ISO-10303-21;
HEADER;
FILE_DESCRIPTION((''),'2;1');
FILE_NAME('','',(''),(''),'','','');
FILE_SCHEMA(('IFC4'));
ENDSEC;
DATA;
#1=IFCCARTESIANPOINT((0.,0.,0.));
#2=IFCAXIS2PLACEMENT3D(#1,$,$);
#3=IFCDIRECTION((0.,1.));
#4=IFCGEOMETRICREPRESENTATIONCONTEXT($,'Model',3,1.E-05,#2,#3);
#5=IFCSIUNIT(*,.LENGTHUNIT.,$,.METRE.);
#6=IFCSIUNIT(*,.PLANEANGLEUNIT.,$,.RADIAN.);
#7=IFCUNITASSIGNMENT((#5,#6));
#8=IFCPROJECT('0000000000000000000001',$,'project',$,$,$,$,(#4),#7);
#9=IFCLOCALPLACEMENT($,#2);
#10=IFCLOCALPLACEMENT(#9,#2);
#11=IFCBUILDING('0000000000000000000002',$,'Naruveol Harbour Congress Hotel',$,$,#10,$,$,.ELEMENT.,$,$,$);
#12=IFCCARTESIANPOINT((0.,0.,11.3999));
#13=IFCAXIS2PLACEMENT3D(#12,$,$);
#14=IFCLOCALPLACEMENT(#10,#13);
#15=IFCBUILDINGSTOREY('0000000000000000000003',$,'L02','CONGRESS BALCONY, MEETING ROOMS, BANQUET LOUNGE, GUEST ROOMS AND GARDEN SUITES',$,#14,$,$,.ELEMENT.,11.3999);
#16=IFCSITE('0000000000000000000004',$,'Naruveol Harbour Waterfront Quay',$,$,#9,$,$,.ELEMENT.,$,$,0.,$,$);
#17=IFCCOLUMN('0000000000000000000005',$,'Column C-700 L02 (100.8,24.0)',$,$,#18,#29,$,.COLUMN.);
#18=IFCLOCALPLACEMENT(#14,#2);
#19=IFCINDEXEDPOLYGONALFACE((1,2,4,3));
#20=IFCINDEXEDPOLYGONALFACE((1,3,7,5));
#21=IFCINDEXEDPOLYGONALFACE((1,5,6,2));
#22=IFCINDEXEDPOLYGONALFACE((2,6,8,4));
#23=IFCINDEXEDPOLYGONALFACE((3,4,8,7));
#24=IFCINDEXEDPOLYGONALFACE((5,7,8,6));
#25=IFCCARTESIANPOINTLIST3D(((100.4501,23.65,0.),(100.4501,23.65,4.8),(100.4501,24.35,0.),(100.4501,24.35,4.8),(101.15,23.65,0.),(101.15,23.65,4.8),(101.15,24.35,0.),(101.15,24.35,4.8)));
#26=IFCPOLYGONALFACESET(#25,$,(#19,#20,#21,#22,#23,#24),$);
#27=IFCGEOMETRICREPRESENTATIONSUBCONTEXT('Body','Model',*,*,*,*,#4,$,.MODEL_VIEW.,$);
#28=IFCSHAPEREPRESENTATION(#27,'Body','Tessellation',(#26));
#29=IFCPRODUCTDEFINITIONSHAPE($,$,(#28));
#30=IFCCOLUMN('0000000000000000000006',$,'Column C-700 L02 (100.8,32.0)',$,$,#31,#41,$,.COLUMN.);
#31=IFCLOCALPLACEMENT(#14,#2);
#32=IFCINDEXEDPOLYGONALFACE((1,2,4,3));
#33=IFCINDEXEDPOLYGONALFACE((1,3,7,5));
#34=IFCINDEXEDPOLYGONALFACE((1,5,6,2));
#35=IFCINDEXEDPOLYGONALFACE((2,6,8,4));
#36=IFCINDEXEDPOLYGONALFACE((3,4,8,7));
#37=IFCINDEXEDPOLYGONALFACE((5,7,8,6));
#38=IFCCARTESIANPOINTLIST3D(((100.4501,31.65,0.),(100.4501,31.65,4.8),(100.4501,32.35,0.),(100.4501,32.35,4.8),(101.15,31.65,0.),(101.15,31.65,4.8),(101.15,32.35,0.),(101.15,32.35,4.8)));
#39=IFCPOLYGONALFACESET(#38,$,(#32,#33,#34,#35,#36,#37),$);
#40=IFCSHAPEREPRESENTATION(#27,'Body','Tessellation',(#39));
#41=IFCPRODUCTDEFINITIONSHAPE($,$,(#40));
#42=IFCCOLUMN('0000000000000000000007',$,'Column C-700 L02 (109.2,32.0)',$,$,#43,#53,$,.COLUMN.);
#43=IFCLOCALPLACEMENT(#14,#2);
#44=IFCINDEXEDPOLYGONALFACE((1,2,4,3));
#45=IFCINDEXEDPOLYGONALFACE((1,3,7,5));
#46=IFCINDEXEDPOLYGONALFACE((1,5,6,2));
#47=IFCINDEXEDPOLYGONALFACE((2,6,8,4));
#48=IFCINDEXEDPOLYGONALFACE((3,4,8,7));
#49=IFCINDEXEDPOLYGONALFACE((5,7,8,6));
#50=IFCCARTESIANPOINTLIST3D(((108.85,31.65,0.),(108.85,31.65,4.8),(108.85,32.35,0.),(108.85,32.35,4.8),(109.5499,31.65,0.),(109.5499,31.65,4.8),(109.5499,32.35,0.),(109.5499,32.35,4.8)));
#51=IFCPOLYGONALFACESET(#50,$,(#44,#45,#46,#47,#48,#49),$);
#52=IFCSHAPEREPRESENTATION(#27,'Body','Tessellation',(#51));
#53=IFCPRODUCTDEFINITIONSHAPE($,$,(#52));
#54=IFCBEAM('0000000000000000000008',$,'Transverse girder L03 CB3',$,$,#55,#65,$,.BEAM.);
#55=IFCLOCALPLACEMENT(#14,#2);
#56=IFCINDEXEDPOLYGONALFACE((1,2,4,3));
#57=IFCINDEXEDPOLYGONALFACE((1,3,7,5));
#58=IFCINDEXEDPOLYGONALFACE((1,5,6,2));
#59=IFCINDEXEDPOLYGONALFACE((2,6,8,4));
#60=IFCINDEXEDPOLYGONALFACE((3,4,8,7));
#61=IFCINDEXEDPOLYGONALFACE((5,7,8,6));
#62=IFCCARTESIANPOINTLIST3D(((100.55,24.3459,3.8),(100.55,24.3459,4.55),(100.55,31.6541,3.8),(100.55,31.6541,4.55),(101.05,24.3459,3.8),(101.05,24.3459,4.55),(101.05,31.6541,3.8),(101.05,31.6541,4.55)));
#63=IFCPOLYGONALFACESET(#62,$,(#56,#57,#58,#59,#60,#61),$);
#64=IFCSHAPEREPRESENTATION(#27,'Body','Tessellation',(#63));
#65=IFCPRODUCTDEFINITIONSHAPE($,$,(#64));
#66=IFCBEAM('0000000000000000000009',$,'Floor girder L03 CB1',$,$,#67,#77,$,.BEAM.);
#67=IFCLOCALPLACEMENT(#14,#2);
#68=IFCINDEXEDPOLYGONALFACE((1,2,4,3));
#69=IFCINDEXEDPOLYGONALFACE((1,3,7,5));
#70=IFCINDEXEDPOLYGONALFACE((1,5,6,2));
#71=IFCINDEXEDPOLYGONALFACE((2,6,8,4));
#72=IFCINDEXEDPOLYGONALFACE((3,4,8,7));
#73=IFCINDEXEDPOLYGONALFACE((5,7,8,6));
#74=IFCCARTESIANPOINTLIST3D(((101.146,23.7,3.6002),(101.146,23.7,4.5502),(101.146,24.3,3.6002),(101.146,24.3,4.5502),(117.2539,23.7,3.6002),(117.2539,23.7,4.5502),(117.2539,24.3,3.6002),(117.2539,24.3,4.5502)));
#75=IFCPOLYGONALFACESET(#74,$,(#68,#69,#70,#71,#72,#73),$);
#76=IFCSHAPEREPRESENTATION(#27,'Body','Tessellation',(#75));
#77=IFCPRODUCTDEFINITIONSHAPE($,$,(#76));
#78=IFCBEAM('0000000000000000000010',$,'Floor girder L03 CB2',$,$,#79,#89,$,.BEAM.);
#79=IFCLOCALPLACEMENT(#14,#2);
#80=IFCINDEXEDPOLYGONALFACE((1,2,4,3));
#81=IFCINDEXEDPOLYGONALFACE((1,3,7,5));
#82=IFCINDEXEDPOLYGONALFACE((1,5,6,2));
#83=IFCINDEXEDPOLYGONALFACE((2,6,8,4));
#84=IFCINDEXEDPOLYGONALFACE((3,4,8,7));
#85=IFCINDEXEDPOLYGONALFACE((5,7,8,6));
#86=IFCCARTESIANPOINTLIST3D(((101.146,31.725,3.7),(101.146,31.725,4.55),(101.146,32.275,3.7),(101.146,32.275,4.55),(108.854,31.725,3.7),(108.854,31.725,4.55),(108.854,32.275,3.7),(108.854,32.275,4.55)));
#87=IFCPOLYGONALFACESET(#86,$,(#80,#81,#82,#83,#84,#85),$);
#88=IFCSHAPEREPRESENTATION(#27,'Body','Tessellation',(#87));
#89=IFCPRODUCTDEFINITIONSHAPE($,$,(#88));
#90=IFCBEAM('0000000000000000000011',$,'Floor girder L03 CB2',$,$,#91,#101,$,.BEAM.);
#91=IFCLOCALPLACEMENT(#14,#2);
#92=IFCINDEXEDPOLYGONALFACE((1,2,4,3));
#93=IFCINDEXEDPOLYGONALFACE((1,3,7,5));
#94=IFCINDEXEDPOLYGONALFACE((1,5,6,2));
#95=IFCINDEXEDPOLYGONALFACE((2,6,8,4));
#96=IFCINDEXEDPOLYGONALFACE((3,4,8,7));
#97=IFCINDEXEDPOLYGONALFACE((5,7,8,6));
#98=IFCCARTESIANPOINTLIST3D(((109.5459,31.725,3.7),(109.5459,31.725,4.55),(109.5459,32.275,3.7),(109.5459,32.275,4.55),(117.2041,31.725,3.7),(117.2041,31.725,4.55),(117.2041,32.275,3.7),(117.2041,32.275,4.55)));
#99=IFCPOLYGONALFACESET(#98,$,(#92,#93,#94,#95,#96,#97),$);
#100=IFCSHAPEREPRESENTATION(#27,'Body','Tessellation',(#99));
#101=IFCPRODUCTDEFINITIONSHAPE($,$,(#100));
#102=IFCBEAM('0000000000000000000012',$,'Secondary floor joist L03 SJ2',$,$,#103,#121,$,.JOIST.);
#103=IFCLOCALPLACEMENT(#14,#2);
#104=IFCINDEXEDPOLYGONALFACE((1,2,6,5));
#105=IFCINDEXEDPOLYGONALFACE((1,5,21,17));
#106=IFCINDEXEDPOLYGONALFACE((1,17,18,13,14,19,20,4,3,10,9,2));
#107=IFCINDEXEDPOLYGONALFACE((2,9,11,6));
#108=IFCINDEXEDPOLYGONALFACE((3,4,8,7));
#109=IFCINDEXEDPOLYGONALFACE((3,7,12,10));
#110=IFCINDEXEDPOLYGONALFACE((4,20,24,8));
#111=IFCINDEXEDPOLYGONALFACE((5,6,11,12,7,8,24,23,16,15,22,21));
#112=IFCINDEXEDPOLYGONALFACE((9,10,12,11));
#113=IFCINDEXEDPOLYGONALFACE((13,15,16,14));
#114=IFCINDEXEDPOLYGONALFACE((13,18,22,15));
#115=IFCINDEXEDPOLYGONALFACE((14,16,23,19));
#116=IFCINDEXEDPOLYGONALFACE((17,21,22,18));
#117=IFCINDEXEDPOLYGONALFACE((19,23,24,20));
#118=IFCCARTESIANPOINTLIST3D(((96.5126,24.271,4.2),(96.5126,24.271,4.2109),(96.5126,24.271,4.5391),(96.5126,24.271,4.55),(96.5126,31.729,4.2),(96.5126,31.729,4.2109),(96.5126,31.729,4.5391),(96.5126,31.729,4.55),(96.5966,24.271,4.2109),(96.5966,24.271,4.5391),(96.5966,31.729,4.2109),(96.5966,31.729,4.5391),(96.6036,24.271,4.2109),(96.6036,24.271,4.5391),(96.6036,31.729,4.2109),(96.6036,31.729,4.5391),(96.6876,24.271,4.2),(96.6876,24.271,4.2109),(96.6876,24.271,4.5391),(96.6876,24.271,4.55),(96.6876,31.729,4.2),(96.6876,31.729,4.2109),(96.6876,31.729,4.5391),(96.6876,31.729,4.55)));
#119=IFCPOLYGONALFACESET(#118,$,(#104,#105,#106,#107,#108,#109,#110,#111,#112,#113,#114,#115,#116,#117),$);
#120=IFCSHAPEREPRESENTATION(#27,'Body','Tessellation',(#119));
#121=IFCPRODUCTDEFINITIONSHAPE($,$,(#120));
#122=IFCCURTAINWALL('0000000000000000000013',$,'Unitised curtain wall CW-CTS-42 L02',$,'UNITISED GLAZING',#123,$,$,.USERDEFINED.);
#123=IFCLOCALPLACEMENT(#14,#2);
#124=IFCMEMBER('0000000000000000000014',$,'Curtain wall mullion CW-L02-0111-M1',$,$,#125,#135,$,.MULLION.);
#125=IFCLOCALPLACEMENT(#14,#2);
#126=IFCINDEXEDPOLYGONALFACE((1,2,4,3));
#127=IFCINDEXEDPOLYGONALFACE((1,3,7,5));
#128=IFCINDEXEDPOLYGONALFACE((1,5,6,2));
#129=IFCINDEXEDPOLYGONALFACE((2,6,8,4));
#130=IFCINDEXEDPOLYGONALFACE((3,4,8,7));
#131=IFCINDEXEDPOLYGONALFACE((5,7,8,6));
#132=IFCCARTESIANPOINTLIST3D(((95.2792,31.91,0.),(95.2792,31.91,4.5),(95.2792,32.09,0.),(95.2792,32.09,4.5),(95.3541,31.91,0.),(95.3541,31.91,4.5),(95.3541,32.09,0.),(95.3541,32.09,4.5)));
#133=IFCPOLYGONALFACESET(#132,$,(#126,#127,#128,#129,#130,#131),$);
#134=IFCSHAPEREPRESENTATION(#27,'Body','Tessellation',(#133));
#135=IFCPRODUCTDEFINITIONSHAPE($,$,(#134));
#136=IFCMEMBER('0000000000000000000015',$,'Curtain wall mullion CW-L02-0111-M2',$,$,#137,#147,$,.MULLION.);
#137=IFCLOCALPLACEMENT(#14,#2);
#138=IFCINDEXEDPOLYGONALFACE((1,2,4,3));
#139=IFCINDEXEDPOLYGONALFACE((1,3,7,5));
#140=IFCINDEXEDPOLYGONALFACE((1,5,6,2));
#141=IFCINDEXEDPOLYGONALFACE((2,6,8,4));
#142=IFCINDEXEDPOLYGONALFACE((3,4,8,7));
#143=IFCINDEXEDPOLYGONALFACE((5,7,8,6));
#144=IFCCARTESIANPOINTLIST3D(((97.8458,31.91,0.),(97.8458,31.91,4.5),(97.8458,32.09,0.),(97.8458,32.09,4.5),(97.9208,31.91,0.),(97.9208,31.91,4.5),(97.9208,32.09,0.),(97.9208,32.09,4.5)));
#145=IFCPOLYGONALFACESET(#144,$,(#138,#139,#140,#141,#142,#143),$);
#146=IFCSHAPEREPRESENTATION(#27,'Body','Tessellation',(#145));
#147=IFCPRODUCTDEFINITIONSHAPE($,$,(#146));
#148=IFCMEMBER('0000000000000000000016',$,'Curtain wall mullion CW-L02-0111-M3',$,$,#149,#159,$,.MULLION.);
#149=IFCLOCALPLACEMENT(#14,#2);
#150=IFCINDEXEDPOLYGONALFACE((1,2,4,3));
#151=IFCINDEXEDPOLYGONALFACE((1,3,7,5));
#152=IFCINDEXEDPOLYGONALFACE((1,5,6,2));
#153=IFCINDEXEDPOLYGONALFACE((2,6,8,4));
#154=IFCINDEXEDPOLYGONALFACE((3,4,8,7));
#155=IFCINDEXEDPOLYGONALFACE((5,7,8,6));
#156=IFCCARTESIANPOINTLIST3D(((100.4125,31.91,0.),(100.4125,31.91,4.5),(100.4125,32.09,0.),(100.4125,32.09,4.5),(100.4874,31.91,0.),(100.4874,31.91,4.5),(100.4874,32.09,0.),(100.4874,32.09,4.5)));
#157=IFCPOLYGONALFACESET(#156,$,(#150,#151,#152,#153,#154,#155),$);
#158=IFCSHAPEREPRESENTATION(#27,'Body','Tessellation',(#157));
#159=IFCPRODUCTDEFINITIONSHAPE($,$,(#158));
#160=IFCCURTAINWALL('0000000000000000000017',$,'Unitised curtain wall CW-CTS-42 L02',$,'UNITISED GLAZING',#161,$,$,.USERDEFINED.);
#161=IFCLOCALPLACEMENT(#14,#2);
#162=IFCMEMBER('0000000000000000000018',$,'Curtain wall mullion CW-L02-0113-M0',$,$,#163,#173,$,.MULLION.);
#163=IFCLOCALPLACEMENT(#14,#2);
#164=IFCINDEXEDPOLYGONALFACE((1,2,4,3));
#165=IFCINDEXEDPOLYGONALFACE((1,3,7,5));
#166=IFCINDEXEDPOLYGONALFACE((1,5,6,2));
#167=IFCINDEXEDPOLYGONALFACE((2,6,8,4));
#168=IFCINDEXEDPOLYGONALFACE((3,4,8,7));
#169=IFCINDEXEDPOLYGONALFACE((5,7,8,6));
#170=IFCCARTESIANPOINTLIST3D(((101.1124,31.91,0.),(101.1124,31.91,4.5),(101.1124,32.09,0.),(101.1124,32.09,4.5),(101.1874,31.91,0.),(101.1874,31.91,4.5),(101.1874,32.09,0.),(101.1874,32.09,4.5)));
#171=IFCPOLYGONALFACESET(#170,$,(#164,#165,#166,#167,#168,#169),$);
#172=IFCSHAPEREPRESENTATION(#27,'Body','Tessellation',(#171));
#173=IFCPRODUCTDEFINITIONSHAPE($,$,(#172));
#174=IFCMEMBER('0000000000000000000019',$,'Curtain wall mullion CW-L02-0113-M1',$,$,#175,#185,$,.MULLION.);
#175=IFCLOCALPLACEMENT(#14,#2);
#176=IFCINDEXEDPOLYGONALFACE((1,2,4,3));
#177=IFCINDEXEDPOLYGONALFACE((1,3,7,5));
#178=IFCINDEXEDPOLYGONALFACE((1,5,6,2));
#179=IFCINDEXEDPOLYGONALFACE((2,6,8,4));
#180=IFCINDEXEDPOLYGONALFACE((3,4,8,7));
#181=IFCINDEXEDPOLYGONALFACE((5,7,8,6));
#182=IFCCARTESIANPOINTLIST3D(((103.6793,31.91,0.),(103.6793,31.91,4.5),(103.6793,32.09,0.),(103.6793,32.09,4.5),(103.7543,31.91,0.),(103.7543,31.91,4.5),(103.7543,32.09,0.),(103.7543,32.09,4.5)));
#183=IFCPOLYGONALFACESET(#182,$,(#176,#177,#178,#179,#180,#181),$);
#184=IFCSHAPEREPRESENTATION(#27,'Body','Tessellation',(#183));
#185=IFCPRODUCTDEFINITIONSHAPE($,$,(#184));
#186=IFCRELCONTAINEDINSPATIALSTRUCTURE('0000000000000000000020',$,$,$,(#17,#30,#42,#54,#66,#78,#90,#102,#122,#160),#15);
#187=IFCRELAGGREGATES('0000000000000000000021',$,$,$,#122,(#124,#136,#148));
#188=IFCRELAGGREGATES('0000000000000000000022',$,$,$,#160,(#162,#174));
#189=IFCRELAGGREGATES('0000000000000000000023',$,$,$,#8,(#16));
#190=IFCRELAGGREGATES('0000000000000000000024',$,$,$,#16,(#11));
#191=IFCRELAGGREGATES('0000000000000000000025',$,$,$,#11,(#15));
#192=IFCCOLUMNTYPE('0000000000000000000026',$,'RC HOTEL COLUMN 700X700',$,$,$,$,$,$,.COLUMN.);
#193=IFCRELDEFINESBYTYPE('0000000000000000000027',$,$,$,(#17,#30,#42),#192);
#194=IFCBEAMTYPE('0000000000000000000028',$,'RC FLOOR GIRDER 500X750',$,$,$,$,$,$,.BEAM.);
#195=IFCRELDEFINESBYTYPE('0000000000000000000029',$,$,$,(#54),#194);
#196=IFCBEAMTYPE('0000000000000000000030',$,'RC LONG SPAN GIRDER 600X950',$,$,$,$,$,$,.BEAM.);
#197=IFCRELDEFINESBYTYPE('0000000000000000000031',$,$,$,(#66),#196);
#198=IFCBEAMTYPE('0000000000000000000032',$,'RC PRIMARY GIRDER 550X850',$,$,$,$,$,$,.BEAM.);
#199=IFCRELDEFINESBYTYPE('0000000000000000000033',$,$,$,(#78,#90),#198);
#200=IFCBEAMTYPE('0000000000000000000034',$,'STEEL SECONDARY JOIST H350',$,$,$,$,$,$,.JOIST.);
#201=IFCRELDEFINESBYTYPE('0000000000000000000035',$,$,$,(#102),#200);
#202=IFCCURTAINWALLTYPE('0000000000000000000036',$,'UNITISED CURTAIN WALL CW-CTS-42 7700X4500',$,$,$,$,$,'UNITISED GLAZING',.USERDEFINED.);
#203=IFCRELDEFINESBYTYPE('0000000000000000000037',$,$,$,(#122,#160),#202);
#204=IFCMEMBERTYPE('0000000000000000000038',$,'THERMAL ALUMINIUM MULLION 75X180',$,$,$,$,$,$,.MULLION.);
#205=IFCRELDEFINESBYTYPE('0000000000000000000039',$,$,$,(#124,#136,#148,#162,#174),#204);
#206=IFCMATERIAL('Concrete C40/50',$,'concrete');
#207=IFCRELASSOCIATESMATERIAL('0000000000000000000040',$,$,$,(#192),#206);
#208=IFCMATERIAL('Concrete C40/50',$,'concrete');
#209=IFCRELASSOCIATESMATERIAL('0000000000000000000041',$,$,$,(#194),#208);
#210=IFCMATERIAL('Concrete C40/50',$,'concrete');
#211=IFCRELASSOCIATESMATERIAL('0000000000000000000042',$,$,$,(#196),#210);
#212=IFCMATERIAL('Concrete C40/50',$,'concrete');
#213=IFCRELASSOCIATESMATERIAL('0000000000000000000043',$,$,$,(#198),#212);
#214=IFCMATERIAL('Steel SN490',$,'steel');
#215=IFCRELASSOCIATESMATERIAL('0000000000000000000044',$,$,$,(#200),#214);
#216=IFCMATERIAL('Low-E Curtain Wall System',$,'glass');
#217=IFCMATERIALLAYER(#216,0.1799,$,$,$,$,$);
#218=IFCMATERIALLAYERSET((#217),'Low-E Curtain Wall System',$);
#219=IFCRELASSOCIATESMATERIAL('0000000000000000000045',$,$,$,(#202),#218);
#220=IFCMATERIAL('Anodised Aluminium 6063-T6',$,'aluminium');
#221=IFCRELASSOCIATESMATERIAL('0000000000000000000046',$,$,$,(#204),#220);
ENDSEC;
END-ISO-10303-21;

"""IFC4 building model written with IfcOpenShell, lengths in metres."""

from ifc_helpers import new_model, si_unit, direction, frame, origin, origin_2d, place, context, subcontext, project, spatial, rectangle, i_section, extrude, material, layer, layer_set, material_profile, profile_set, type_object, element, aggregate, save


model = new_model("IFC4")

# Units and contexts
model_context = context("Model", 3, precision=1e-05, world=origin(), true_north=direction((0.0, 1.0)))
body_context = subcontext(model_context, "Body", "Model", "MODEL_VIEW")
ifc_project = project(units=[si_unit("LENGTHUNIT", "METRE"), si_unit("PLANEANGLEUNIT", "RADIAN")], contexts=[model_context])

# Site, building, storey
site_placement = place(None, origin())
site = spatial("IfcSite", under=ifc_project, at=site_placement, Name="Naruveol Harbour Waterfront Quay", CompositionType="ELEMENT", RefElevation=0.0)
building_placement = place(site_placement, origin())
building = spatial("IfcBuilding", under=site, at=building_placement, Name="Naruveol Harbour Congress Hotel", CompositionType="ELEMENT")
storey_placement = place(building_placement, frame((0.0, 0.0, 11.3999)))
storey = spatial("IfcBuildingStorey", under=building, at=storey_placement, Name="L02", Description="CONGRESS BALCONY, MEETING ROOMS, BANQUET LOUNGE, GUEST ROOMS AND GARDEN SUITES", CompositionType="ELEMENT", Elevation=11.3999)

# Columns
ifc_material_1 = material(Name="Concrete C40/50", Category="concrete")
ifc_material_profile_1 = material_profile(ifc_material_1, rectangle(XDim=0.7, YDim=0.7, at=origin_2d()), Name="RC-700x700")
ifc_profile_set_1 = profile_set([ifc_material_profile_1], Name="Concrete C40/50")
column_type = type_object("IfcColumnType", Name="RC HOTEL COLUMN 700X700", PredefinedType="COLUMN", material=ifc_profile_set_1)
for number, where, z_axis, x_axis, name in (
    (1, (100.8, 24.0, 0.0), (0.0, 0.0, 1.0), (1.0, 0.0, 0.0), "Column C-700 L02 (100.8,24.0)"),
    (2, (100.8, 32.0, 0.0), (0.0, 0.0, 1.0), (1.0, 0.0, 0.0), "Column C-700 L02 (100.8,32.0)"),
    (3, (109.2, 32.0, 0.0), (0.0, 0.0, 1.0), (1.0, 0.0, 0.0), "Column C-700 L02 (109.2,32.0)"),
):
    element("IfcColumn", number, at=place(storey_placement, frame(where, z_axis=z_axis, x_axis=x_axis)), inside=storey, type_object=column_type, Name=name, PredefinedType="COLUMN", context=body_context, shape_type="SweptSolid", body=[
        extrude(rectangle(XDim=0.7, YDim=0.7, at=origin_2d()), origin(), (0.0, 0.0, 1.0), 4.8),
    ])

# Beams
ifc_material_2 = material(Name="Concrete C40/50", Category="concrete")
ifc_material_profile_2 = material_profile(ifc_material_2, rectangle(XDim=0.5, YDim=0.75, at=origin_2d()), Name="RCB-500x750")
ifc_profile_set_2 = profile_set([ifc_material_profile_2], Name="Concrete C40/50")
beam_type_1 = type_object("IfcBeamType", Name="RC FLOOR GIRDER 500X750", PredefinedType="BEAM", material=ifc_profile_set_2)
beam_1_placement = place(storey_placement, frame((100.8, 24.3459, 4.175), z_axis=(0.0, 1.0, 0.0), x_axis=(-1.0, 0.0, 0.0)))
element("IfcBeam", 4, at=beam_1_placement, inside=storey, type_object=beam_type_1, Name="Transverse girder L03 CB3", PredefinedType="BEAM", context=body_context, shape_type="SweptSolid", body=[
    extrude(rectangle(XDim=0.5, YDim=0.75, at=origin_2d()), origin(), (0.0, 0.0, 1.0), 7.3081),
])
ifc_material_3 = material(Name="Concrete C40/50", Category="concrete")
ifc_material_profile_3 = material_profile(ifc_material_3, rectangle(XDim=0.6001, YDim=0.95, at=origin_2d()), Name="RCB-600x950")
ifc_profile_set_3 = profile_set([ifc_material_profile_3], Name="Concrete C40/50")
beam_type_2 = type_object("IfcBeamType", Name="RC LONG SPAN GIRDER 600X950", PredefinedType="BEAM", material=ifc_profile_set_3)
beam_2_placement = place(storey_placement, frame((101.146, 24.0, 4.0752), z_axis=(1.0, 0.0, 0.0), x_axis=(0.0, 1.0, 0.0)))
element("IfcBeam", 5, at=beam_2_placement, inside=storey, type_object=beam_type_2, Name="Floor girder L03 CB1", PredefinedType="BEAM", context=body_context, shape_type="SweptSolid", body=[
    extrude(rectangle(XDim=0.6001, YDim=0.95, at=origin_2d()), origin(), (0.0, 0.0, 1.0), 16.1079),
])
ifc_material_4 = material(Name="Concrete C40/50", Category="concrete")
ifc_material_profile_4 = material_profile(ifc_material_4, rectangle(XDim=0.55, YDim=0.8501, at=origin_2d()), Name="RCB-550x850")
ifc_profile_set_4 = profile_set([ifc_material_profile_4], Name="Concrete C40/50")
beam_type_3 = type_object("IfcBeamType", Name="RC PRIMARY GIRDER 550X850", PredefinedType="BEAM", material=ifc_profile_set_4)
beam_3_placement = place(storey_placement, frame((101.146, 32.0, 4.125), z_axis=(1.0, 0.0, 0.0), x_axis=(0.0, 1.0, 0.0)))
element("IfcBeam", 6, at=beam_3_placement, inside=storey, type_object=beam_type_3, Name="Floor girder L03 CB2", PredefinedType="BEAM", context=body_context, shape_type="SweptSolid", body=[
    extrude(rectangle(XDim=0.55, YDim=0.8501, at=origin_2d()), origin(), (0.0, 0.0, 1.0), 7.708),
])
beam_4_placement = place(storey_placement, frame((109.5459, 32.0, 4.125), z_axis=(1.0, 0.0, 0.0), x_axis=(0.0, 1.0, 0.0)))
element("IfcBeam", 7, at=beam_4_placement, inside=storey, type_object=beam_type_3, Name="Floor girder L03 CB2", PredefinedType="BEAM", context=body_context, shape_type="SweptSolid", body=[
    extrude(rectangle(XDim=0.55, YDim=0.8501, at=origin_2d()), origin(), (0.0, 0.0, 1.0), 7.6582),
])
ifc_material_5 = material(Name="Steel SN490", Category="steel")
ifc_material_profile_5 = material_profile(ifc_material_5, i_section(OverallWidth=0.175, OverallDepth=0.3501, WebThickness=0.0071, FlangeThickness=0.011, at=origin_2d()), Name="H-350x175x7x11")
ifc_profile_set_5 = profile_set([ifc_material_profile_5], Name="Steel SN490")
beam_type_4 = type_object("IfcBeamType", Name="STEEL SECONDARY JOIST H350", PredefinedType="JOIST", material=ifc_profile_set_5)
beam_5_placement = place(storey_placement, frame((96.6001, 24.271, 4.375), z_axis=(0.0, 1.0, 0.0), x_axis=(-1.0, 0.0, 0.0)))
element("IfcBeam", 8, at=beam_5_placement, inside=storey, type_object=beam_type_4, Name="Secondary floor joist L03 SJ2", PredefinedType="JOIST", context=body_context, shape_type="SweptSolid", body=[
    extrude(i_section(OverallWidth=0.175, OverallDepth=0.3501, WebThickness=0.0071, FlangeThickness=0.011, at=origin_2d()), origin(), (0.0, 0.0, 1.0), 7.458),
])

# Curtain walls, members
ifc_material_6 = material(Name="Low-E Curtain Wall System", Category="glass")
ifc_layer_1 = layer(ifc_material_6, 0.1799)
ifc_layer_set_1 = layer_set([ifc_layer_1], Name="Low-E Curtain Wall System")
curtain_wall_type = type_object("IfcCurtainWallType", Name="UNITISED CURTAIN WALL CW-CTS-42 7700X4500", ElementType="UNITISED GLAZING", PredefinedType="USERDEFINED", material=ifc_layer_set_1)
curtain_wall_1_placement = place(storey_placement, origin())
curtain_wall_1 = element("IfcCurtainWall", 9, at=curtain_wall_1_placement, inside=storey, type_object=curtain_wall_type, Name="Unitised curtain wall CW-CTS-42 L02", ObjectType="UNITISED GLAZING", PredefinedType="USERDEFINED")
ifc_material_7 = material(Name="Anodised Aluminium 6063-T6", Category="aluminium")
ifc_material_profile_6 = material_profile(ifc_material_7, rectangle(XDim=0.075, YDim=0.1799, at=origin_2d()), Name="ALU-75x180")
ifc_profile_set_6 = profile_set([ifc_material_profile_6], Name="Anodised Aluminium 6063-T6")
member_type_1 = type_object("IfcMemberType", Name="THERMAL ALUMINIUM MULLION 75X180", PredefinedType="MULLION", material=ifc_profile_set_6)
member_1_placement = place(storey_placement, frame((95.3167, 32.0, 0.0), z_axis=(0.0, 0.0, 1.0), x_axis=(1.0, 0.0, 0.0)))
member_1 = element("IfcMember", 10, at=member_1_placement, type_object=member_type_1, Name="Curtain wall mullion CW-L02-0111-M1", PredefinedType="MULLION", context=body_context, shape_type="SweptSolid", body=[
    extrude(rectangle(XDim=0.075, YDim=0.1799, at=origin_2d()), origin(), (0.0, 0.0, 1.0), 4.5),
])
member_2_placement = place(storey_placement, frame((97.8833, 32.0, 0.0), z_axis=(0.0, 0.0, 1.0), x_axis=(1.0, 0.0, 0.0)))
member_2 = element("IfcMember", 11, at=member_2_placement, type_object=member_type_1, Name="Curtain wall mullion CW-L02-0111-M2", PredefinedType="MULLION", context=body_context, shape_type="SweptSolid", body=[
    extrude(rectangle(XDim=0.075, YDim=0.1799, at=origin_2d()), origin(), (0.0, 0.0, 1.0), 4.5),
])
member_3_placement = place(storey_placement, frame((100.45, 32.0, 0.0), z_axis=(0.0, 0.0, 1.0), x_axis=(1.0, 0.0, 0.0)))
member_3 = element("IfcMember", 12, at=member_3_placement, type_object=member_type_1, Name="Curtain wall mullion CW-L02-0111-M3", PredefinedType="MULLION", context=body_context, shape_type="SweptSolid", body=[
    extrude(rectangle(XDim=0.075, YDim=0.1799, at=origin_2d()), origin(), (0.0, 0.0, 1.0), 4.5),
])
curtain_wall_2_placement = place(storey_placement, origin())
curtain_wall_2 = element("IfcCurtainWall", 13, at=curtain_wall_2_placement, inside=storey, type_object=curtain_wall_type, Name="Unitised curtain wall CW-CTS-42 L02", ObjectType="UNITISED GLAZING", PredefinedType="USERDEFINED")
member_4_placement = place(storey_placement, frame((101.1499, 32.0, 0.0), z_axis=(0.0, 0.0, 1.0), x_axis=(1.0, 0.0, 0.0)))
member_4 = element("IfcMember", 14, at=member_4_placement, type_object=member_type_1, Name="Curtain wall mullion CW-L02-0113-M0", PredefinedType="MULLION", context=body_context, shape_type="SweptSolid", body=[
    extrude(rectangle(XDim=0.075, YDim=0.1799, at=origin_2d()), origin(), (0.0, 0.0, 1.0), 4.5),
])
member_5_placement = place(storey_placement, frame((103.7168, 32.0, 0.0), z_axis=(0.0, 0.0, 1.0), x_axis=(1.0, 0.0, 0.0)))
member_5 = element("IfcMember", 15, at=member_5_placement, type_object=member_type_1, Name="Curtain wall mullion CW-L02-0113-M1", PredefinedType="MULLION", context=body_context, shape_type="SweptSolid", body=[
    extrude(rectangle(XDim=0.075, YDim=0.1799, at=origin_2d()), origin(), (0.0, 0.0, 1.0), 4.5),
])

aggregate(curtain_wall_1, [member_1, member_2, member_3])
aggregate(curtain_wall_2, [member_4, member_5])

save(model, "model.ifc")
